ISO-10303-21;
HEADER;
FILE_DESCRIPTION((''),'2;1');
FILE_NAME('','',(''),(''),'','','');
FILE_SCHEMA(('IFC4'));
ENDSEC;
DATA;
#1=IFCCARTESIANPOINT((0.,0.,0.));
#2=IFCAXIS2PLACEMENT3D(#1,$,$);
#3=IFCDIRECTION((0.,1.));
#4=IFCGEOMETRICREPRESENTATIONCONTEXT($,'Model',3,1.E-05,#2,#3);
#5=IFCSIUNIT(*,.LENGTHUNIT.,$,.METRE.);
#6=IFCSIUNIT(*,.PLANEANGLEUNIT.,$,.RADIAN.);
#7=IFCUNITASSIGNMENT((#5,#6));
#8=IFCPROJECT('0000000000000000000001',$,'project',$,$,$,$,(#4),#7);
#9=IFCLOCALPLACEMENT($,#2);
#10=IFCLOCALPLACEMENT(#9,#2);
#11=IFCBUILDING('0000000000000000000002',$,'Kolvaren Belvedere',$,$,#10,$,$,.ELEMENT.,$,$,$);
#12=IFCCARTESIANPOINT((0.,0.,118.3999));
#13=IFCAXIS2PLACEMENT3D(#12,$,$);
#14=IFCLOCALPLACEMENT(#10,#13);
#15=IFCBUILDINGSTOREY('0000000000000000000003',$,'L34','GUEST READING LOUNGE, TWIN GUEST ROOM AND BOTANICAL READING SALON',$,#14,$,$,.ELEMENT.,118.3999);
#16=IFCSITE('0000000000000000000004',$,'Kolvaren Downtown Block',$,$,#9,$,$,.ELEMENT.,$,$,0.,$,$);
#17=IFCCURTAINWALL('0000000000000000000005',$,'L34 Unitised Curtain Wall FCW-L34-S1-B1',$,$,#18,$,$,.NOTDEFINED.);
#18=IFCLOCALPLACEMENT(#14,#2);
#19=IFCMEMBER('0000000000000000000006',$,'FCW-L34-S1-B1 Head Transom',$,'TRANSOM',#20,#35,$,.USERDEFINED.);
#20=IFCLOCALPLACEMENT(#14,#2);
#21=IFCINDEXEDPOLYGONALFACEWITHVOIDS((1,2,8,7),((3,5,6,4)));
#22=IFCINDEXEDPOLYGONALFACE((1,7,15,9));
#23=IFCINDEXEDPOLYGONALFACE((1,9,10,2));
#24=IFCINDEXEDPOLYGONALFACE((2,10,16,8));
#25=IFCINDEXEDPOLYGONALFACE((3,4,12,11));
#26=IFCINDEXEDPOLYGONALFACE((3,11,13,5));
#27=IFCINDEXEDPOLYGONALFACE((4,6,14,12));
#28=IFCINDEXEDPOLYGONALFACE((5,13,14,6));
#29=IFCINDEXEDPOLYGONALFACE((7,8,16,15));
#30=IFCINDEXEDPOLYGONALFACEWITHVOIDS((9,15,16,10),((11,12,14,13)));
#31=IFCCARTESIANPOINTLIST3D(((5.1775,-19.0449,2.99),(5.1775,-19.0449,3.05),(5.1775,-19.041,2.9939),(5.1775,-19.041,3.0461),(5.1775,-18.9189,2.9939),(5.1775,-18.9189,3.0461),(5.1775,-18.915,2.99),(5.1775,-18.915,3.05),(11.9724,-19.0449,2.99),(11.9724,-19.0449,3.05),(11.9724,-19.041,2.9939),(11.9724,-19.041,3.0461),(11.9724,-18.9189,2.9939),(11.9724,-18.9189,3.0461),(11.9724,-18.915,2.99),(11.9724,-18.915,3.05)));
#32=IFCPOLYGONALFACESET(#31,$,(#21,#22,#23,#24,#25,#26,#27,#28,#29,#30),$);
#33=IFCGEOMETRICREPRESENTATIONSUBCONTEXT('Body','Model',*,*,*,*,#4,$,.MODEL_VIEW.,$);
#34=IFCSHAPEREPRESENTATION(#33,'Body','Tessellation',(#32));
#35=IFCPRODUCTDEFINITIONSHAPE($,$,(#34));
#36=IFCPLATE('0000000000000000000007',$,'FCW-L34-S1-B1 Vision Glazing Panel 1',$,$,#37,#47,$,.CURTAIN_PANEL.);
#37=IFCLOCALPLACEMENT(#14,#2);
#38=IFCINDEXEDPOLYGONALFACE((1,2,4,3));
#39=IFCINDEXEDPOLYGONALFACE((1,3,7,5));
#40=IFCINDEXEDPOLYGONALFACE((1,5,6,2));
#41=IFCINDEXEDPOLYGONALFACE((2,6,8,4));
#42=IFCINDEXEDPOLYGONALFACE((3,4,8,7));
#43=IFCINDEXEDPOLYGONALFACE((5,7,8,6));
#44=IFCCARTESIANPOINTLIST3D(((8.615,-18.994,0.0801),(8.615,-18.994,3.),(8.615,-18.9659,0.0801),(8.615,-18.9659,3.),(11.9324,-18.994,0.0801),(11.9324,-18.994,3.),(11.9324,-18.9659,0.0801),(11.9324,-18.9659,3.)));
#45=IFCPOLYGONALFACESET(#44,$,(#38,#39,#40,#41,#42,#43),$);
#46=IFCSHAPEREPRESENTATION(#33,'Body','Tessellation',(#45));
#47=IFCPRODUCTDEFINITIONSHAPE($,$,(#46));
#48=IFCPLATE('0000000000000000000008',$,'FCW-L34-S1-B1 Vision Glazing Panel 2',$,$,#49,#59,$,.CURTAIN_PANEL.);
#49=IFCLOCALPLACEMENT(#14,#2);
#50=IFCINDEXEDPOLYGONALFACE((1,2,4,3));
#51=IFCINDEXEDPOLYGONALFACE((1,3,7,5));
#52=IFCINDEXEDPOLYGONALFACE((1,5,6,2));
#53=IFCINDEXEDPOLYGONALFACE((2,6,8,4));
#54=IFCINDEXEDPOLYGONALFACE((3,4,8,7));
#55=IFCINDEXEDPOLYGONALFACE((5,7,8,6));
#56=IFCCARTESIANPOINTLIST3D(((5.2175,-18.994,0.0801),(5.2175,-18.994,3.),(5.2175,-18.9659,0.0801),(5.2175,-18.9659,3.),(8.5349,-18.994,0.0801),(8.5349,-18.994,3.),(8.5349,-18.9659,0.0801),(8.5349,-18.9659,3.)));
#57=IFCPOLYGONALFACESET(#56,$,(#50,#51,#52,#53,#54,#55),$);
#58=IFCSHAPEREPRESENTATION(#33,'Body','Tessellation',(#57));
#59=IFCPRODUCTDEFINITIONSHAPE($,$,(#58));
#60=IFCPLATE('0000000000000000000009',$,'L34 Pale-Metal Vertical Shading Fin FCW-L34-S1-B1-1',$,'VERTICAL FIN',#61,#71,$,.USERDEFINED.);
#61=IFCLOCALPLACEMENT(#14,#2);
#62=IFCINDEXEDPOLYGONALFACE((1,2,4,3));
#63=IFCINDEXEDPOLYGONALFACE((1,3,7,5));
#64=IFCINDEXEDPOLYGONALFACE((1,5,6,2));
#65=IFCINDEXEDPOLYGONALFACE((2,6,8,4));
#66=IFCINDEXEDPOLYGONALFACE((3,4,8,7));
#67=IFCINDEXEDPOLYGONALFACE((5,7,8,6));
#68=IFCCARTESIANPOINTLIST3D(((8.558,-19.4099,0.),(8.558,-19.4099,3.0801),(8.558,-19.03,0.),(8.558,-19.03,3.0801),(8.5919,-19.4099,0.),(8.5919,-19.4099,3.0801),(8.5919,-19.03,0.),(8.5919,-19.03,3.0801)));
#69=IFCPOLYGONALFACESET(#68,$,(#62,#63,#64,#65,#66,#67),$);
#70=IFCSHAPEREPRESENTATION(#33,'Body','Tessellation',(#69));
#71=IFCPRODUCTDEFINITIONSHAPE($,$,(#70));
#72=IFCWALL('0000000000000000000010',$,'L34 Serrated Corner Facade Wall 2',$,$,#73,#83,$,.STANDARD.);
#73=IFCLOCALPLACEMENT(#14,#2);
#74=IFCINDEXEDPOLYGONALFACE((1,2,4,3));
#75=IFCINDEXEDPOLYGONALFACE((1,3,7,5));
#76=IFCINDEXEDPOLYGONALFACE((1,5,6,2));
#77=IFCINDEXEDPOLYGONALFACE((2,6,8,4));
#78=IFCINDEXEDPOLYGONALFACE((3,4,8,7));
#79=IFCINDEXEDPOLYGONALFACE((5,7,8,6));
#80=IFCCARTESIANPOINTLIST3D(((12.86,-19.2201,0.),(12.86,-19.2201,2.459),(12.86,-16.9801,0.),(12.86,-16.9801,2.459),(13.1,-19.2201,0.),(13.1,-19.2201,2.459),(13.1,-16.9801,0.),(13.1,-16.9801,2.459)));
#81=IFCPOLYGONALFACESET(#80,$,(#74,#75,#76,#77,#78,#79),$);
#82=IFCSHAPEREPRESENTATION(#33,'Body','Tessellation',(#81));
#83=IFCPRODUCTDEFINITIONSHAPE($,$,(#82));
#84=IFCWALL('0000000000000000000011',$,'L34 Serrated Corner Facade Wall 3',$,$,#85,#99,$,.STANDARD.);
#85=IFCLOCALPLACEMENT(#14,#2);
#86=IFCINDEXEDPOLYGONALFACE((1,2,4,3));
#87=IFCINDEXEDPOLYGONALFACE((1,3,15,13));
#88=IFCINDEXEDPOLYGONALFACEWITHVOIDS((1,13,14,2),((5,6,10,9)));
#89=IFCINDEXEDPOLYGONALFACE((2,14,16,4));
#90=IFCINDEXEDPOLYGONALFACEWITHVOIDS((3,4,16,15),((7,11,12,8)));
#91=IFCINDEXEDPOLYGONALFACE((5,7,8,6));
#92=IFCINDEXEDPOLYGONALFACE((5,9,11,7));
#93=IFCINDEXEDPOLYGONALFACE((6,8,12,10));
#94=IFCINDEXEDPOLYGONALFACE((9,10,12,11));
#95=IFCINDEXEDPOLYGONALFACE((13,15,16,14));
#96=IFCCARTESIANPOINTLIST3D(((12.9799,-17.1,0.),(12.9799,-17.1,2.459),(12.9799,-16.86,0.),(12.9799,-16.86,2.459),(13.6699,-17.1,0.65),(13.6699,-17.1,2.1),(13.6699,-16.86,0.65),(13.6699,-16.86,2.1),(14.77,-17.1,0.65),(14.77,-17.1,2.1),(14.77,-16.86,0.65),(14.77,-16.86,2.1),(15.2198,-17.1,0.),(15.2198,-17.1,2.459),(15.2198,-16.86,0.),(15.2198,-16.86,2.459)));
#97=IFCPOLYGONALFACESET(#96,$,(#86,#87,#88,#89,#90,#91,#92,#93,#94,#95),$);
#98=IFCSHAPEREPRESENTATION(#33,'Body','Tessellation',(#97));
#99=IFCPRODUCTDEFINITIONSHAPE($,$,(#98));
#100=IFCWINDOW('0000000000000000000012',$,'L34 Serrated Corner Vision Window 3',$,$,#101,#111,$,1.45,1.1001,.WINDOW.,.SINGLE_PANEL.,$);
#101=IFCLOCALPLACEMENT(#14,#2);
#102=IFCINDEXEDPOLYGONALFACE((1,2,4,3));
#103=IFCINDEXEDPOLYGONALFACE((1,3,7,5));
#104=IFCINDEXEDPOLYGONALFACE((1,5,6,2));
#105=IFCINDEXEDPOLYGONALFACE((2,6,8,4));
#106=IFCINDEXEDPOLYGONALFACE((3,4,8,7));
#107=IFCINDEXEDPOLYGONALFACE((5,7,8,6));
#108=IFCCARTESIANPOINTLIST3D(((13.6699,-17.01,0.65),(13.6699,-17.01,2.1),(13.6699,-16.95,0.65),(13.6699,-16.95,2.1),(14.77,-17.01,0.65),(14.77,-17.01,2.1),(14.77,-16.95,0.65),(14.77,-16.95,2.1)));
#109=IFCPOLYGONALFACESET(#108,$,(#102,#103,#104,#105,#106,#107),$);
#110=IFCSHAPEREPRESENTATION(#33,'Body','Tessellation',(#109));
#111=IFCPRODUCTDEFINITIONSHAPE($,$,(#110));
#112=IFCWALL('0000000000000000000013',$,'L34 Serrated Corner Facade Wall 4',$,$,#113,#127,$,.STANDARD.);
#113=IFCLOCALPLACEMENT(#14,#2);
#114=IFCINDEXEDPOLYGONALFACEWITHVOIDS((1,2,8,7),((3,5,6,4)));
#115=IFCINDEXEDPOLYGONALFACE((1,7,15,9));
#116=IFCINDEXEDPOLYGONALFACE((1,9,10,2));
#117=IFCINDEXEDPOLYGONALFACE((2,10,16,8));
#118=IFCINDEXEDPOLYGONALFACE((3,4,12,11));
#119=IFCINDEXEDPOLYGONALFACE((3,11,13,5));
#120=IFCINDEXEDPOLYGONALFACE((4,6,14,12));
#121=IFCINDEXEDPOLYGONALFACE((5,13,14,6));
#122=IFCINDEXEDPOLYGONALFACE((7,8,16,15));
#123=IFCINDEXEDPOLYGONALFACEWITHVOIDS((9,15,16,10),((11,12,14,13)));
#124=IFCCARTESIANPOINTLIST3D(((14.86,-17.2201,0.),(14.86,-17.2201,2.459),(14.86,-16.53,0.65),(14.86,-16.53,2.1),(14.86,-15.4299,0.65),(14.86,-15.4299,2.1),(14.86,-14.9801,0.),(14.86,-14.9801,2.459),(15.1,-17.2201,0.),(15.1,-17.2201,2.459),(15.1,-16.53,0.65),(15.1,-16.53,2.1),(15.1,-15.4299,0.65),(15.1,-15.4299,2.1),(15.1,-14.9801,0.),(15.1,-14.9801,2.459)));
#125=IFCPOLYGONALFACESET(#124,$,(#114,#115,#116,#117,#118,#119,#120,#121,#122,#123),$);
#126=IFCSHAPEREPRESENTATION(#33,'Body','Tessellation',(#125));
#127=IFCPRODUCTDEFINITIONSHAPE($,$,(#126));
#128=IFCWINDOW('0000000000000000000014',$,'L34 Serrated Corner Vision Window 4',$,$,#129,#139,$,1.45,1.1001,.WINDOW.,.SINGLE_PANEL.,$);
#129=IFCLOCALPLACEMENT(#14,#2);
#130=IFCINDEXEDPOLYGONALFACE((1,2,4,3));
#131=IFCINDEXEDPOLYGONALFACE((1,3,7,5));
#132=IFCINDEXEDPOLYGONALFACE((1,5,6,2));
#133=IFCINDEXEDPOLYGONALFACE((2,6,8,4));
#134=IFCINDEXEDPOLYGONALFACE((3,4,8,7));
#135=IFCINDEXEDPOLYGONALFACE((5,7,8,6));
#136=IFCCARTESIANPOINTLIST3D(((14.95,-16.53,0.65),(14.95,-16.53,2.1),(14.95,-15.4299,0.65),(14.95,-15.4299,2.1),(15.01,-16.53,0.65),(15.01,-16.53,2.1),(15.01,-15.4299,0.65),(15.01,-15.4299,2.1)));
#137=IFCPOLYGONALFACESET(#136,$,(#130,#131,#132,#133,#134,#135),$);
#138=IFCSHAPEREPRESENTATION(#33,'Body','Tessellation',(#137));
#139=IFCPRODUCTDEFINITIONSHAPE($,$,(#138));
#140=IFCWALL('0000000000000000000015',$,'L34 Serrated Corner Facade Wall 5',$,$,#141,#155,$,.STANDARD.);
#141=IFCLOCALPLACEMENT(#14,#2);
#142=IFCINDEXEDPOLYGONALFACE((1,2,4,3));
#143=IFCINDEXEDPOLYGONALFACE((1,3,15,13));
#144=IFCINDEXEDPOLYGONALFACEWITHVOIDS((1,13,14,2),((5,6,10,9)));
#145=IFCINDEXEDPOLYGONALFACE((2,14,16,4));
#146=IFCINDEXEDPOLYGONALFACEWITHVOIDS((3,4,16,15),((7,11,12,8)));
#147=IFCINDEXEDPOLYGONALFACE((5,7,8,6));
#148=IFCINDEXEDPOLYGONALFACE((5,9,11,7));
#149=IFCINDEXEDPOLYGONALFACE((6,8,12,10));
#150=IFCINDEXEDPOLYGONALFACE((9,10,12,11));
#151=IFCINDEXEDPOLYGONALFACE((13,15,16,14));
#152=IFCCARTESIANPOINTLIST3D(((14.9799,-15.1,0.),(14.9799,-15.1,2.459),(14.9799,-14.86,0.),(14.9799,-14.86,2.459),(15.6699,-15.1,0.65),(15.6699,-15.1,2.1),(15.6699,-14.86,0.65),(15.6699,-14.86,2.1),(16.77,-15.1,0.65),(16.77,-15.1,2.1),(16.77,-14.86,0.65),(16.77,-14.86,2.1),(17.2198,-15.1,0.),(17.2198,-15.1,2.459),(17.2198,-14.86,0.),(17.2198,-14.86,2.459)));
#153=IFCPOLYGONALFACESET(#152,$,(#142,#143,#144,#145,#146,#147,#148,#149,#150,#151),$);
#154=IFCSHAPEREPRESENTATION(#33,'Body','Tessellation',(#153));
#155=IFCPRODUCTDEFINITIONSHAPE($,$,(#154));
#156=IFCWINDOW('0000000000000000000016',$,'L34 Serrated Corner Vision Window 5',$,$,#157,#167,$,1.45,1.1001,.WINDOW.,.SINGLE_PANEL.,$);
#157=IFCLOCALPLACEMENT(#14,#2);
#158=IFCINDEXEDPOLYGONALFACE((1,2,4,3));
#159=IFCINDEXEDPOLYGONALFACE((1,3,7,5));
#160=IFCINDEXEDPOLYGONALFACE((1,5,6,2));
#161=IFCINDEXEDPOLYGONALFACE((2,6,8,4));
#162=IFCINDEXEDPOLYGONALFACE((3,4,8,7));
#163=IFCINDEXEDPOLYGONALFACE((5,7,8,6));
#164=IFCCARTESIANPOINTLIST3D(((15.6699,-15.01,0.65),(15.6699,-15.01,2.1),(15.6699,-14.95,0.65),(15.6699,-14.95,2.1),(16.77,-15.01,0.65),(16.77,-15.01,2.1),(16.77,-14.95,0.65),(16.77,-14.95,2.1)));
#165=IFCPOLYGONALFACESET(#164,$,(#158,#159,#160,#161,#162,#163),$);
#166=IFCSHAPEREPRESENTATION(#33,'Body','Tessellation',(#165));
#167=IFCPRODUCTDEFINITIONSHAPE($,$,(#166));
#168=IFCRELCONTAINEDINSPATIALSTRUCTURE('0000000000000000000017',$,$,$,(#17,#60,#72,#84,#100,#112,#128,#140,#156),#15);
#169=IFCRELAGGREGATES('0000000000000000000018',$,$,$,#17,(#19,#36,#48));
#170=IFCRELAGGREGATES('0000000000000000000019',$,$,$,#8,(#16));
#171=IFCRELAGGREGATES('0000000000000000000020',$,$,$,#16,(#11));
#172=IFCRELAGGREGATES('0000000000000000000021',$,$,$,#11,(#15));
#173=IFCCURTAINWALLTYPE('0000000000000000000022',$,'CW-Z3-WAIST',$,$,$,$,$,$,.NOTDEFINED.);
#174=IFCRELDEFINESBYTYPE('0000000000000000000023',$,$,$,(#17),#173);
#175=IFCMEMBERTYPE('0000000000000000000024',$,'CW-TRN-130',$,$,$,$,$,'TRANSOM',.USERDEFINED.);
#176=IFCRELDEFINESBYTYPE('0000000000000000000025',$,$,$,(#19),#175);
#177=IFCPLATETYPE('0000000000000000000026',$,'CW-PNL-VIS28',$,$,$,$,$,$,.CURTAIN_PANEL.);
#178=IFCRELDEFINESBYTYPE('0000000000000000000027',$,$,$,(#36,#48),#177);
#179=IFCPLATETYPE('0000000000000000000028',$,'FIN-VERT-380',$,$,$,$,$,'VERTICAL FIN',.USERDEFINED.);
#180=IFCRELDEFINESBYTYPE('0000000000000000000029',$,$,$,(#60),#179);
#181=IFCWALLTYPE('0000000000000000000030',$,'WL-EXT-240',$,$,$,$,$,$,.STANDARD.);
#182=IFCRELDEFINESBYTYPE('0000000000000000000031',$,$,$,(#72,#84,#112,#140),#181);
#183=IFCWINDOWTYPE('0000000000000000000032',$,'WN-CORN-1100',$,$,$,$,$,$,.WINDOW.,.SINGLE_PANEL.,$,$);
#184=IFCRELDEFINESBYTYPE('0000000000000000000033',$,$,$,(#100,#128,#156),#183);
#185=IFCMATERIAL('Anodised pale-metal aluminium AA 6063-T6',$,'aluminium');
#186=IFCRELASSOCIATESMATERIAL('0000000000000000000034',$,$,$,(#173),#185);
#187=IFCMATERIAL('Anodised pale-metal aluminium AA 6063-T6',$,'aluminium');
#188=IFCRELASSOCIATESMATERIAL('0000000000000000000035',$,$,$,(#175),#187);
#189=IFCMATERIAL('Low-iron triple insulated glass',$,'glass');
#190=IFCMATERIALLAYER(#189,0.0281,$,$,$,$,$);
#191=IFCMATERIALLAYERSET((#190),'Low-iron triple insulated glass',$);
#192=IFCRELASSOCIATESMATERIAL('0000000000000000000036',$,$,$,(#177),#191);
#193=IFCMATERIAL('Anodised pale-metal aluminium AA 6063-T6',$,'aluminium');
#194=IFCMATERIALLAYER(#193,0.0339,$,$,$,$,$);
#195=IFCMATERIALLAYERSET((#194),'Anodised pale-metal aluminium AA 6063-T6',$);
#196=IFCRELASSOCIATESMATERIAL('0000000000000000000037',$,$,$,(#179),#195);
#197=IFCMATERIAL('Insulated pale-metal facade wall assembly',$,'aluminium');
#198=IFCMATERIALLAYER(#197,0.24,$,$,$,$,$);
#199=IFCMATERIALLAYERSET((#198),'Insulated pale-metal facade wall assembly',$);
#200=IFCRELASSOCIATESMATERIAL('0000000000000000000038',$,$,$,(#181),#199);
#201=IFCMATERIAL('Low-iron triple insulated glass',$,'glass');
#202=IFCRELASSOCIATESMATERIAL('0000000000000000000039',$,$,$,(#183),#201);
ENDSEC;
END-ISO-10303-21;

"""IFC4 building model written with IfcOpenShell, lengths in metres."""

from ifc_helpers import new_model, si_unit, direction, frame, frame_2d, origin, origin_2d, place, context, subcontext, project, spatial, rectangle, hollow_rectangle, extrude, material, layer, layer_set, material_profile, profile_set, type_object, element, fill, aggregate, save


model = new_model("IFC4")

# Units and contexts
model_context = context("Model", 3, precision=1e-05, world=origin(), true_north=direction((0.0, 1.0)))
body_context = subcontext(model_context, "Body", "Model", "MODEL_VIEW")
ifc_project = project(units=[si_unit("LENGTHUNIT", "METRE"), si_unit("PLANEANGLEUNIT", "RADIAN")], contexts=[model_context])

# Site, building, storey
site_placement = place(None, origin())
site = spatial("IfcSite", under=ifc_project, at=site_placement, Name="Kolvaren Downtown Block", CompositionType="ELEMENT", RefElevation=0.0)
building_placement = place(site_placement, origin())
building = spatial("IfcBuilding", under=site, at=building_placement, Name="Kolvaren Belvedere", CompositionType="ELEMENT")
storey_placement = place(building_placement, frame((0.0, 0.0, 118.3999)))
storey = spatial("IfcBuildingStorey", under=building, at=storey_placement, Name="L34", Description="GUEST READING LOUNGE, TWIN GUEST ROOM AND BOTANICAL READING SALON", CompositionType="ELEMENT", Elevation=118.3999)

# Curtain wall, member, plates
ifc_material_1 = material(Name="Anodised pale-metal aluminium AA 6063-T6", Category="aluminium")
curtain_wall_type = type_object("IfcCurtainWallType", Name="CW-Z3-WAIST", PredefinedType="NOTDEFINED", material=ifc_material_1)
curtain_wall_placement = place(storey_placement, origin())
curtain_wall = element("IfcCurtainWall", 1, at=curtain_wall_placement, inside=storey, type_object=curtain_wall_type, Name="L34 Unitised Curtain Wall FCW-L34-S1-B1", PredefinedType="NOTDEFINED")
ifc_material_2 = material(Name="Anodised pale-metal aluminium AA 6063-T6", Category="aluminium")
ifc_material_profile_1 = material_profile(ifc_material_2, hollow_rectangle(XDim=0.0601, YDim=0.1299, WallThickness=0.0039, at=origin_2d()), Name="ALU-TRN-130X60")
ifc_profile_set_1 = profile_set([ifc_material_profile_1], Name="Anodised pale-metal aluminium AA 6063-T6")
member_type_1 = type_object("IfcMemberType", Name="CW-TRN-130", ElementType="TRANSOM", PredefinedType="USERDEFINED", material=ifc_profile_set_1)
member_1_placement = place(storey_placement, frame((11.9724, -18.98, 3.02), z_axis=(-1.0, 0.0, 0.0), x_axis=(0.0, 0.0, 1.0)))
member_1 = element("IfcMember", 2, at=member_1_placement, type_object=member_type_1, Name="FCW-L34-S1-B1 Head Transom", ObjectType="TRANSOM", PredefinedType="USERDEFINED", context=body_context, shape_type="SweptSolid", body=[
    extrude(hollow_rectangle(XDim=0.0601, YDim=0.1299, WallThickness=0.0039, at=origin_2d()), origin(), (0.0, 0.0, 1.0), 6.7949),
])
ifc_material_3 = material(Name="Low-iron triple insulated glass", Category="glass")
ifc_layer_1 = layer(ifc_material_3, 0.0281)
ifc_layer_set_1 = layer_set([ifc_layer_1], Name="Low-iron triple insulated glass")
plate_type_1 = type_object("IfcPlateType", Name="CW-PNL-VIS28", PredefinedType="CURTAIN_PANEL", material=ifc_layer_set_1)
plate_1_placement = place(storey_placement, frame((10.2737, -18.98, 0.0801), z_axis=(0.0, 0.0, 1.0), x_axis=(-1.0, 0.0, 0.0)))
plate_1 = element("IfcPlate", 3, at=plate_1_placement, type_object=plate_type_1, Name="FCW-L34-S1-B1 Vision Glazing Panel 1", PredefinedType="CURTAIN_PANEL", context=body_context, shape_type="SweptSolid", body=[
    extrude(rectangle(XDim=3.3174, YDim=0.0281, at=origin_2d()), origin(), (0.0, 0.0, 1.0), 2.9199),
])
plate_2_placement = place(storey_placement, frame((6.8762, -18.98, 0.0801), z_axis=(0.0, 0.0, 1.0), x_axis=(-1.0, 0.0, 0.0)))
plate_2 = element("IfcPlate", 4, at=plate_2_placement, type_object=plate_type_1, Name="FCW-L34-S1-B1 Vision Glazing Panel 2", PredefinedType="CURTAIN_PANEL", context=body_context, shape_type="SweptSolid", body=[
    extrude(rectangle(XDim=3.3174, YDim=0.0281, at=origin_2d()), origin(), (0.0, 0.0, 1.0), 2.9199),
])
aggregate(curtain_wall, [member_1, plate_1, plate_2])

# Plate
ifc_material_4 = material(Name="Anodised pale-metal aluminium AA 6063-T6", Category="aluminium")
ifc_layer_2 = layer(ifc_material_4, 0.0339)
ifc_layer_set_2 = layer_set([ifc_layer_2], Name="Anodised pale-metal aluminium AA 6063-T6")
plate_type_2 = type_object("IfcPlateType", Name="FIN-VERT-380", ElementType="VERTICAL FIN", PredefinedType="USERDEFINED", material=ifc_layer_set_2)
plate_3_placement = place(storey_placement, frame((8.575, -19.22, 0.0), z_axis=(0.0, 0.0, 1.0), x_axis=(0.0, 1.0, 0.0)))
element("IfcPlate", 5, at=plate_3_placement, inside=storey, type_object=plate_type_2, Name="L34 Pale-Metal Vertical Shading Fin FCW-L34-S1-B1-1", ObjectType="VERTICAL FIN", PredefinedType="USERDEFINED", context=body_context, shape_type="SweptSolid", body=[
    extrude(rectangle(XDim=0.3799, YDim=0.0339, at=origin_2d()), origin(), (0.0, 0.0, 1.0), 3.0801),
])

# Wall
ifc_material_5 = material(Name="Insulated pale-metal facade wall assembly", Category="aluminium")
ifc_layer_3 = layer(ifc_material_5, 0.24)
ifc_layer_set_3 = layer_set([ifc_layer_3], Name="Insulated pale-metal facade wall assembly")
wall_type_1 = type_object("IfcWallType", Name="WL-EXT-240", PredefinedType="STANDARD", material=ifc_layer_set_3)
wall_1_placement = place(storey_placement, frame((12.98, -16.98, 0.0), z_axis=(0.0, 0.0, 1.0), x_axis=(0.0, -1.0, 0.0)))
element("IfcWall", 6, at=wall_1_placement, inside=storey, type_object=wall_type_1, Name="L34 Serrated Corner Facade Wall 2", PredefinedType="STANDARD", context=body_context, shape_type="SweptSolid", body=[
    extrude(rectangle(XDim=2.24, YDim=0.24, at=frame_2d((1.1201, 0.0))), origin(), (0.0, 0.0, 1.0), 2.459),
])

# Walls, openings, windows
wall_2_placement = place(storey_placement, frame((15.22, -16.98, 0.0), z_axis=(0.0, 0.0, 1.0), x_axis=(-1.0, 0.0, 0.0)))
wall_2 = element("IfcWall", 7, at=wall_2_placement, inside=storey, type_object=wall_type_1, Name="L34 Serrated Corner Facade Wall 3", PredefinedType="STANDARD", context=body_context, shape_type="SweptSolid", body=[
    extrude(rectangle(XDim=2.24, YDim=0.24, at=frame_2d((1.1201, 0.0))), origin(), (0.0, 0.0, 1.0), 2.459),
])
opening_1_placement = place(wall_2_placement, frame((0.45, 0.0, 0.6499)))
opening_1 = element("IfcOpeningElement", 8, at=opening_1_placement, cuts=wall_2, PredefinedType="OPENING", context=body_context, shape_type="SweptSolid", body=[
    extrude(rectangle(XDim=1.1001, YDim=1.45, at=frame_2d((0.55, 0.7251))), frame((0.0, 0.1299, 0.0), z_axis=(0.0, -1.0, 0.0), x_axis=(1.0, 0.0, 0.0)), (0.0, 0.0, 1.0), 0.26),
])
ifc_material_6 = material(Name="Low-iron triple insulated glass", Category="glass")
window_type = type_object("IfcWindowType", Name="WN-CORN-1100", PartitioningType="SINGLE_PANEL", PredefinedType="WINDOW", material=ifc_material_6)
window_1_placement = place(opening_1_placement, origin())
window_1 = element("IfcWindow", 9, at=window_1_placement, inside=storey, type_object=window_type, Name="L34 Serrated Corner Vision Window 3", OverallHeight=1.45, OverallWidth=1.1001, PartitioningType="SINGLE_PANEL", PredefinedType="WINDOW", context=body_context, shape_type="SweptSolid", body=[
    extrude(rectangle(XDim=1.1001, YDim=1.45, at=frame_2d((0.55, 0.7251))), frame((0.0, 0.03, 0.0), z_axis=(0.0, -1.0, 0.0), x_axis=(1.0, 0.0, 0.0)), (0.0, 0.0, 1.0), 0.0601),
])
fill(opening_1, window_1)
wall_3_placement = place(storey_placement, frame((14.98, -14.98, 0.0), z_axis=(0.0, 0.0, 1.0), x_axis=(0.0, -1.0, 0.0)))
wall_3 = element("IfcWall", 10, at=wall_3_placement, inside=storey, type_object=wall_type_1, Name="L34 Serrated Corner Facade Wall 4", PredefinedType="STANDARD", context=body_context, shape_type="SweptSolid", body=[
    extrude(rectangle(XDim=2.24, YDim=0.24, at=frame_2d((1.1201, 0.0))), origin(), (0.0, 0.0, 1.0), 2.459),
])
opening_2_placement = place(wall_3_placement, frame((0.45, 0.0, 0.6499)))
opening_2 = element("IfcOpeningElement", 11, at=opening_2_placement, cuts=wall_3, PredefinedType="OPENING", context=body_context, shape_type="SweptSolid", body=[
    extrude(rectangle(XDim=1.1001, YDim=1.45, at=frame_2d((0.55, 0.7251))), frame((0.0, 0.1299, 0.0), z_axis=(0.0, -1.0, 0.0), x_axis=(1.0, 0.0, 0.0)), (0.0, 0.0, 1.0), 0.26),
])
window_2_placement = place(opening_2_placement, origin())
window_2 = element("IfcWindow", 12, at=window_2_placement, inside=storey, type_object=window_type, Name="L34 Serrated Corner Vision Window 4", OverallHeight=1.45, OverallWidth=1.1001, PartitioningType="SINGLE_PANEL", PredefinedType="WINDOW", context=body_context, shape_type="SweptSolid", body=[
    extrude(rectangle(XDim=1.1001, YDim=1.45, at=frame_2d((0.55, 0.7251))), frame((0.0, 0.03, 0.0), z_axis=(0.0, -1.0, 0.0), x_axis=(1.0, 0.0, 0.0)), (0.0, 0.0, 1.0), 0.0601),
])
fill(opening_2, window_2)
wall_4_placement = place(storey_placement, frame((17.22, -14.98, 0.0), z_axis=(0.0, 0.0, 1.0), x_axis=(-1.0, 0.0, 0.0)))
wall_4 = element("IfcWall", 13, at=wall_4_placement, inside=storey, type_object=wall_type_1, Name="L34 Serrated Corner Facade Wall 5", PredefinedType="STANDARD", context=body_context, shape_type="SweptSolid", body=[
    extrude(rectangle(XDim=2.24, YDim=0.24, at=frame_2d((1.1201, 0.0))), origin(), (0.0, 0.0, 1.0), 2.459),
])
opening_3_placement = place(wall_4_placement, frame((0.45, 0.0, 0.6499)))
opening_3 = element("IfcOpeningElement", 14, at=opening_3_placement, cuts=wall_4, PredefinedType="OPENING", context=body_context, shape_type="SweptSolid", body=[
    extrude(rectangle(XDim=1.1001, YDim=1.45, at=frame_2d((0.55, 0.7251))), frame((0.0, 0.1299, 0.0), z_axis=(0.0, -1.0, 0.0), x_axis=(1.0, 0.0, 0.0)), (0.0, 0.0, 1.0), 0.26),
])
window_3_placement = place(opening_3_placement, origin())
window_3 = element("IfcWindow", 15, at=window_3_placement, inside=storey, type_object=window_type, Name="L34 Serrated Corner Vision Window 5", OverallHeight=1.45, OverallWidth=1.1001, PartitioningType="SINGLE_PANEL", PredefinedType="WINDOW", context=body_context, shape_type="SweptSolid", body=[
    extrude(rectangle(XDim=1.1001, YDim=1.45, at=frame_2d((0.55, 0.7251))), frame((0.0, 0.03, 0.0), z_axis=(0.0, -1.0, 0.0), x_axis=(1.0, 0.0, 0.0)), (0.0, 0.0, 1.0), 0.0601),
])
fill(opening_3, window_3)

save(model, "model.ifc")
